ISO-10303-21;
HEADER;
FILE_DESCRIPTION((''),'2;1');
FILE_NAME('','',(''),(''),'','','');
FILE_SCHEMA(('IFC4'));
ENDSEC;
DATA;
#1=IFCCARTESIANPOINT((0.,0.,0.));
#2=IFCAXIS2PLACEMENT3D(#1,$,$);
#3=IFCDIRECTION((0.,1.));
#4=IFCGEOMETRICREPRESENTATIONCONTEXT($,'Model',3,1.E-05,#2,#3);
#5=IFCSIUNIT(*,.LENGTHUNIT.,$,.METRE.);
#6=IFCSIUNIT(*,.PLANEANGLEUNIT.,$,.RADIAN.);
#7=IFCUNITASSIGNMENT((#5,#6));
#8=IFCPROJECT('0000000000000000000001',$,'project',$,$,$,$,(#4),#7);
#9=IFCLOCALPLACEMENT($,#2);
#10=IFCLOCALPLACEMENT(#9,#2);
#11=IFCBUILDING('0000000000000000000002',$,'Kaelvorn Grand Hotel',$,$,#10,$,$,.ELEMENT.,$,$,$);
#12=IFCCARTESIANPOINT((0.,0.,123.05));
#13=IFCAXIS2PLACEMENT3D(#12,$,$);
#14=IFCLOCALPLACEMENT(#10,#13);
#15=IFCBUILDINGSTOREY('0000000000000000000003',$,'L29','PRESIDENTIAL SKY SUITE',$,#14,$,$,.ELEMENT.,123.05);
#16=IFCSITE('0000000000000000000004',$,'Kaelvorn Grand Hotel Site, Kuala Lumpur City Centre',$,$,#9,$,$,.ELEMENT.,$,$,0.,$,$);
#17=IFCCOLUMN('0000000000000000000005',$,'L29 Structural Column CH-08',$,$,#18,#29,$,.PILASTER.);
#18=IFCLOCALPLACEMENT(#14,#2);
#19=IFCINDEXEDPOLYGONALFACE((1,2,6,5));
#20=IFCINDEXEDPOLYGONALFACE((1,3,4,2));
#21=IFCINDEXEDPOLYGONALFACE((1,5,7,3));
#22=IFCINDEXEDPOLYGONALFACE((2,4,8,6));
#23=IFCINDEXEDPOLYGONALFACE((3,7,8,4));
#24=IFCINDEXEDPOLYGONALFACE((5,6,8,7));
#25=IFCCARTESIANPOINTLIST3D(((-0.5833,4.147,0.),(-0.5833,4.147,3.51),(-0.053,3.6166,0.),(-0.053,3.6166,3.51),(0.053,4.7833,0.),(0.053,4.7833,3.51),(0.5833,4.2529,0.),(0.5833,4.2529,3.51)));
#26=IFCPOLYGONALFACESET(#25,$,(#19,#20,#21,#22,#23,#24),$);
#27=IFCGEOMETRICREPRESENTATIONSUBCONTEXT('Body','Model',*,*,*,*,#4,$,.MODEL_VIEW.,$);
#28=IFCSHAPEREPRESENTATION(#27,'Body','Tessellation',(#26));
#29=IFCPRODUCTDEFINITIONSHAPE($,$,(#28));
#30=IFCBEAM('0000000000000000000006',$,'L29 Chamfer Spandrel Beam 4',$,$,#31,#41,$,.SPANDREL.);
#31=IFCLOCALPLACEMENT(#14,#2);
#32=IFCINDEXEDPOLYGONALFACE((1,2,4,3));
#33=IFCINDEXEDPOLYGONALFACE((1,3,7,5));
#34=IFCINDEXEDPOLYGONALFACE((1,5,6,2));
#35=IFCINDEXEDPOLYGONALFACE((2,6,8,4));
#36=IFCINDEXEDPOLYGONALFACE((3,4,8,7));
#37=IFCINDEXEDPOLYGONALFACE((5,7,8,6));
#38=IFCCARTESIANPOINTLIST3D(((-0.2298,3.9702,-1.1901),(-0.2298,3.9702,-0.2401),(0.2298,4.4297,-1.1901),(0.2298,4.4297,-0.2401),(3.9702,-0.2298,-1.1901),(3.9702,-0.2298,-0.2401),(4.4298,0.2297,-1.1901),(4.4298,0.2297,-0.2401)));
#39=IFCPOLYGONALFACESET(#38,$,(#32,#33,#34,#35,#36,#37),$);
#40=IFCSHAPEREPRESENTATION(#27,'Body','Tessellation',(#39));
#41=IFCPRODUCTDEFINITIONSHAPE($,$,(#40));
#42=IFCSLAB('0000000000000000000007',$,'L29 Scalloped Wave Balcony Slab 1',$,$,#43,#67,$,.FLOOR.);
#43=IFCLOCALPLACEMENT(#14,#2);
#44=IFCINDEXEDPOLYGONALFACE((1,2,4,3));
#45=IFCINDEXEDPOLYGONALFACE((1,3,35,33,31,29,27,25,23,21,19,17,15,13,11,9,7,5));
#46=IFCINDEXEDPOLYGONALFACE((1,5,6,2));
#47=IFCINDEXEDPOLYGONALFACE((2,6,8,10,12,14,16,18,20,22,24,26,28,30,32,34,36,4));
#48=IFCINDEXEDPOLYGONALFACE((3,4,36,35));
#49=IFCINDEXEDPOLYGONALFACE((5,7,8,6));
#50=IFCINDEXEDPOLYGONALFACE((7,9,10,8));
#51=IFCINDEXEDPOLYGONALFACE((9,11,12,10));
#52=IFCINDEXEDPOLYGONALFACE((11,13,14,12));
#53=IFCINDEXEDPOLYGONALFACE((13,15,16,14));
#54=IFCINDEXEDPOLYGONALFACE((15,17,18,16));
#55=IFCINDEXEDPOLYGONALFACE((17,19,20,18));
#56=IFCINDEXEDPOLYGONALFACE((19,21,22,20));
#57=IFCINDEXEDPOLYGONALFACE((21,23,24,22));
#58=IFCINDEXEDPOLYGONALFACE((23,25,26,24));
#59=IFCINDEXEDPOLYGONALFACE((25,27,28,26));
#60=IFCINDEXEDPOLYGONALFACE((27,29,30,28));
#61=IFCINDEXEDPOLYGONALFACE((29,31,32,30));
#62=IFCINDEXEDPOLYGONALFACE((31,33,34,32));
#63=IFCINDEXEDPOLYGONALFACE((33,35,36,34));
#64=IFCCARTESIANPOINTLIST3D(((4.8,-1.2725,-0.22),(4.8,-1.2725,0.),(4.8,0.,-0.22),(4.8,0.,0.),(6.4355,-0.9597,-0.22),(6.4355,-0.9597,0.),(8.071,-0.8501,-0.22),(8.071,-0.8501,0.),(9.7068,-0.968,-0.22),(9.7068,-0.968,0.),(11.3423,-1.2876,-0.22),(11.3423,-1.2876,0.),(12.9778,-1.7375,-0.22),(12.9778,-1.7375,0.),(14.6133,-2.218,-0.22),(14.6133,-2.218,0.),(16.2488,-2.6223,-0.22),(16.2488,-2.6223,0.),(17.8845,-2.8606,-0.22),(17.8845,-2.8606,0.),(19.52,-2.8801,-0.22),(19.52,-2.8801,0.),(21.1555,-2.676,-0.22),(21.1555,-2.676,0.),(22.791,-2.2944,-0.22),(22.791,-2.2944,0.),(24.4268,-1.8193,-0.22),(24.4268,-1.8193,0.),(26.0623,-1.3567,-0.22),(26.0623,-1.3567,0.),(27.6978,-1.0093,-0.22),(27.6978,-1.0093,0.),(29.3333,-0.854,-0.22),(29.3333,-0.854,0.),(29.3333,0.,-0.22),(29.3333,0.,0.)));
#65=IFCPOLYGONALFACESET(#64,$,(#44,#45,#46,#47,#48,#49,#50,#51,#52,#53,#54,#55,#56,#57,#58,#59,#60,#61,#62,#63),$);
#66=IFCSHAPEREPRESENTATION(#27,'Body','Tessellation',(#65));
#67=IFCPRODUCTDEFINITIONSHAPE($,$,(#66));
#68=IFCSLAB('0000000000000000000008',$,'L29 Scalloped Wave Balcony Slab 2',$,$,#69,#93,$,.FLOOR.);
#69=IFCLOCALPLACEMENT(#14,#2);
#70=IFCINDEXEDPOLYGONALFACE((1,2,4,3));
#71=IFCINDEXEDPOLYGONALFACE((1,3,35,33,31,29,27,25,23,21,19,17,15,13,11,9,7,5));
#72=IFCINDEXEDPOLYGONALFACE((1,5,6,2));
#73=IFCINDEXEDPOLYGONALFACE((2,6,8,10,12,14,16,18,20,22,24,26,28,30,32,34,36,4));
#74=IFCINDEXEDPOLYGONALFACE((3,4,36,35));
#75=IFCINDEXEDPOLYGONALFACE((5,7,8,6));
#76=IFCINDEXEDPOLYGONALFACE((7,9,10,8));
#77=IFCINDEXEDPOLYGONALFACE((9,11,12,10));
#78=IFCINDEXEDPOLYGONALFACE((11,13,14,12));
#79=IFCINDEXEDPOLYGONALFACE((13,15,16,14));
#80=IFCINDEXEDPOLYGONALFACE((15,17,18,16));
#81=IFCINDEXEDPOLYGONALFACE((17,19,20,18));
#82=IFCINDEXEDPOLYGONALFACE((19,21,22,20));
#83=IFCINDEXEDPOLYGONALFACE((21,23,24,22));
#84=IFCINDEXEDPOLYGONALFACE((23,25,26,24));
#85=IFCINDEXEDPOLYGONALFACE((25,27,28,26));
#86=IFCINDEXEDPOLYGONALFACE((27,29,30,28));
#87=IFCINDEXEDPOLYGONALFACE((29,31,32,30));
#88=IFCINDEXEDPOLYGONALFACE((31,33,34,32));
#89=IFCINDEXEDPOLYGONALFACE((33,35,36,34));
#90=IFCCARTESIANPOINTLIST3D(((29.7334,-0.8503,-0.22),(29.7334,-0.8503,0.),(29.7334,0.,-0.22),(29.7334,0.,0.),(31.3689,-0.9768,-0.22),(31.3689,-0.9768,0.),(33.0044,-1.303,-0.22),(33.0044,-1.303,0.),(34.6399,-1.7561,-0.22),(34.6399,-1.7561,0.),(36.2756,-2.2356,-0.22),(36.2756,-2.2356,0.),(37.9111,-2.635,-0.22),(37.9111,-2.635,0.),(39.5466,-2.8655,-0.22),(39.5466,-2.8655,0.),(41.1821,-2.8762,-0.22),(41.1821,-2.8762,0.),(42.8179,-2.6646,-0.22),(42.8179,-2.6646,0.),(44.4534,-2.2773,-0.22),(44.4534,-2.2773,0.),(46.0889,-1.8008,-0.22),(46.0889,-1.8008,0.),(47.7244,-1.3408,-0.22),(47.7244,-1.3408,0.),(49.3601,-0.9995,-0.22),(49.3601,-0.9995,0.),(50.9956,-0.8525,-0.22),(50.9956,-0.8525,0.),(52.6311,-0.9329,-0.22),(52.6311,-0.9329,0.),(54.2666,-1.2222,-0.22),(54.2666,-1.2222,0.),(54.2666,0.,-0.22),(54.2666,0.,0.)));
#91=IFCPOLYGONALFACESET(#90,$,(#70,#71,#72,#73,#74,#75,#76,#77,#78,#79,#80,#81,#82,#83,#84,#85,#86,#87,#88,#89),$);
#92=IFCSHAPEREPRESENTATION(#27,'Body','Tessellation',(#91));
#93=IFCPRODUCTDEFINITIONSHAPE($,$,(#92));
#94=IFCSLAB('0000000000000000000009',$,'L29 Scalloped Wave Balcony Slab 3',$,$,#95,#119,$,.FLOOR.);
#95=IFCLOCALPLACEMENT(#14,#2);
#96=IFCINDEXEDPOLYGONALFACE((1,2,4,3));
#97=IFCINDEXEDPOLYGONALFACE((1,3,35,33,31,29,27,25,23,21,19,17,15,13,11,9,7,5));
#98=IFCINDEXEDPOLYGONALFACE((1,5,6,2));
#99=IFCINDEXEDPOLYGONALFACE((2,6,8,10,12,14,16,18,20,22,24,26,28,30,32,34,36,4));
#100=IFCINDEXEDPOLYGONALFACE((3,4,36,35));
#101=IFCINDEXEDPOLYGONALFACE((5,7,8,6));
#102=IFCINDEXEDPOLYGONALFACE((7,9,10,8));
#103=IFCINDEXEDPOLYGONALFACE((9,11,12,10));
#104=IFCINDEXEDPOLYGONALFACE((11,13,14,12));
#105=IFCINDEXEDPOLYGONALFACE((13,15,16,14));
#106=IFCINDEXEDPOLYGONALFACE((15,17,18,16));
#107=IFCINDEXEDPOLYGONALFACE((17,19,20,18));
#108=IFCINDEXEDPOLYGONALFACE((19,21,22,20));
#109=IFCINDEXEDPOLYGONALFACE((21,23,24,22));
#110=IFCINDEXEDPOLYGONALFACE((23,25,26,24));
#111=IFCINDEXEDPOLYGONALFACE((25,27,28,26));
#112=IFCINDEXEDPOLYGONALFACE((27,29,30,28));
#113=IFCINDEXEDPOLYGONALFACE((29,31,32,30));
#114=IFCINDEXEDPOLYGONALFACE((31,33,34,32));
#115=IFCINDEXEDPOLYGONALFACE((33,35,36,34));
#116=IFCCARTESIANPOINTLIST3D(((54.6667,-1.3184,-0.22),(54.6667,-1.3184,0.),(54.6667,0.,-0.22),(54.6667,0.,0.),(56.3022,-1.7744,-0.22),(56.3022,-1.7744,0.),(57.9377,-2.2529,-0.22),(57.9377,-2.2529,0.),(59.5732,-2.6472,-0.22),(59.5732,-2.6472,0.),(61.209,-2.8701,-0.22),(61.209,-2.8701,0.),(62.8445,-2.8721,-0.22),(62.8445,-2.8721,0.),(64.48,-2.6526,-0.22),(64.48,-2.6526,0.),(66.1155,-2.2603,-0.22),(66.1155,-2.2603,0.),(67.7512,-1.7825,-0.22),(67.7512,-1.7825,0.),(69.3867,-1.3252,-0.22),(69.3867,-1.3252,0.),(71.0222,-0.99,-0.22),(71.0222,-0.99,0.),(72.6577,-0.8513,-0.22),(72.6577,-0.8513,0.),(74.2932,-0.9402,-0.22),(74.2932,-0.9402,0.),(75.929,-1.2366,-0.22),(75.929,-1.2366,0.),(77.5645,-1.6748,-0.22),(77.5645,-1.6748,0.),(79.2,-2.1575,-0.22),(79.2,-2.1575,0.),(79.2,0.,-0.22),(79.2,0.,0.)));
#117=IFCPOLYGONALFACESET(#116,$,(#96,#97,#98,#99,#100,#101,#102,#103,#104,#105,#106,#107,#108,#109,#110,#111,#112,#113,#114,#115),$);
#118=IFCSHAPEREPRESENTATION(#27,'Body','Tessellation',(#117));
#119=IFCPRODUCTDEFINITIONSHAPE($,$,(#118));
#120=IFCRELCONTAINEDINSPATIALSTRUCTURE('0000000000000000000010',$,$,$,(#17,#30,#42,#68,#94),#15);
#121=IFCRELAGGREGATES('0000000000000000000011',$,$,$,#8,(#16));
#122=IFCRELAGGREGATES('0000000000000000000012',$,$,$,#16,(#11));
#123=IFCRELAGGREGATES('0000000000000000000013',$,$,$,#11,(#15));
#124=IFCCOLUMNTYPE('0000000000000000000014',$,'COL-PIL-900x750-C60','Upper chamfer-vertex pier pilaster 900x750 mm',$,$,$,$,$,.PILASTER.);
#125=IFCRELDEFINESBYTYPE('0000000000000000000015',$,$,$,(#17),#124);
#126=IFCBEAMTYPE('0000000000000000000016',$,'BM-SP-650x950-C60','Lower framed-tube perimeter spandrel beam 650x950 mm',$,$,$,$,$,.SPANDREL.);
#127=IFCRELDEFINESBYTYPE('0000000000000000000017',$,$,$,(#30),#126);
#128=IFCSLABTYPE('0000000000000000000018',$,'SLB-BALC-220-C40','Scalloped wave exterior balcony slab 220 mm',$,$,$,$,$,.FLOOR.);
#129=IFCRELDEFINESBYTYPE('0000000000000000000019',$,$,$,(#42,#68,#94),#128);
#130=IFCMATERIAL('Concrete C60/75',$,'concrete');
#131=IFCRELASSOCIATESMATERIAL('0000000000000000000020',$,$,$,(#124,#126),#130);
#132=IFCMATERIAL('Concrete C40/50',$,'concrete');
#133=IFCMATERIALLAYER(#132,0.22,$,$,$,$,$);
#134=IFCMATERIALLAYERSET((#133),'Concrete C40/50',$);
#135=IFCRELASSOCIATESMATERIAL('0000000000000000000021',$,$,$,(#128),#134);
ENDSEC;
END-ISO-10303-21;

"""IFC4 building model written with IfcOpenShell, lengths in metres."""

from ifc_helpers import new_model, si_unit, direction, frame, origin, origin_2d, place, context, subcontext, project, spatial, polyline, rectangle, outline, extrude, material, layer, layer_set, material_profile, profile_set, type_object, element, save


model = new_model("IFC4")

# Units and contexts
model_context = context("Model", 3, precision=1e-05, world=origin(), true_north=direction((0.0, 1.0)))
body_context = subcontext(model_context, "Body", "Model", "MODEL_VIEW")
ifc_project = project(units=[si_unit("LENGTHUNIT", "METRE"), si_unit("PLANEANGLEUNIT", "RADIAN")], contexts=[model_context])

# Site, building, storey
site_placement = place(None, origin())
site = spatial("IfcSite", under=ifc_project, at=site_placement, Name="Kaelvorn Grand Hotel Site, Kuala Lumpur City Centre", CompositionType="ELEMENT", RefElevation=0.0)
building_placement = place(site_placement, origin())
building = spatial("IfcBuilding", under=site, at=building_placement, Name="Kaelvorn Grand Hotel", CompositionType="ELEMENT")
storey_placement = place(building_placement, frame((0.0, 0.0, 123.05)))
storey = spatial("IfcBuildingStorey", under=building, at=storey_placement, Name="L29", Description="PRESIDENTIAL SKY SUITE", CompositionType="ELEMENT", Elevation=123.05)

# Column
ifc_material_1 = material(Name="Concrete C60/75", Category="concrete")
ifc_material_profile_1 = material_profile(ifc_material_1, rectangle(XDim=0.8999, YDim=0.75, at=origin_2d()), Name="RC PILASTER 900x750")
ifc_profile_set_1 = profile_set([ifc_material_profile_1], Name="Concrete C60/75")
column_type = type_object("IfcColumnType", Name="COL-PIL-900x750-C60", Description="Upper chamfer-vertex pier pilaster 900x750 mm", PredefinedType="PILASTER", material=ifc_profile_set_1)
column_placement = place(storey_placement, frame((0.0, 4.2, 0.0), z_axis=(0.0, 0.0, 1.0), x_axis=(0.707107, 0.707107, 0.0)))
element("IfcColumn", 1, at=column_placement, inside=storey, type_object=column_type, Name="L29 Structural Column CH-08", PredefinedType="PILASTER", context=body_context, shape_type="SweptSolid", body=[
    extrude(rectangle(XDim=0.8999, YDim=0.75, at=origin_2d()), origin(), (0.0, 0.0, 1.0), 3.51),
])

# Beam
ifc_material_profile_2 = material_profile(ifc_material_1, rectangle(XDim=0.6499, YDim=0.95, at=origin_2d()), Name="RC SPANDREL 650x950")
ifc_profile_set_2 = profile_set([ifc_material_profile_2], Name="Concrete C60/75")
beam_type = type_object("IfcBeamType", Name="BM-SP-650x950-C60", Description="Lower framed-tube perimeter spandrel beam 650x950 mm", PredefinedType="SPANDREL", material=ifc_profile_set_2)
beam_placement = place(storey_placement, frame((0.0, 4.2, -0.7151), z_axis=(0.707107, -0.707107, 0.0), x_axis=(0.707107, 0.707107, 0.0)))
element("IfcBeam", 2, at=beam_placement, inside=storey, type_object=beam_type, Name="L29 Chamfer Spandrel Beam 4", PredefinedType="SPANDREL", context=body_context, shape_type="SweptSolid", body=[
    extrude(rectangle(XDim=0.6499, YDim=0.95, at=origin_2d()), origin(), (0.0, 0.0, 1.0), 5.9397),
])

# Slabs
ifc_material_2 = material(Name="Concrete C40/50", Category="concrete")
ifc_layer_1 = layer(ifc_material_2, 0.22)
ifc_layer_set_1 = layer_set([ifc_layer_1], Name="Concrete C40/50")
slab_type_1 = type_object("IfcSlabType", Name="SLB-BALC-220-C40", Description="Scalloped wave exterior balcony slab 220 mm", PredefinedType="FLOOR", material=ifc_layer_set_1)
slab_1_placement = place(storey_placement, frame((0.0, 0.0, -0.22)))
element("IfcSlab", 3, at=slab_1_placement, inside=storey, type_object=slab_type_1, Name="L29 Scalloped Wave Balcony Slab 1", PredefinedType="FLOOR", context=body_context, shape_type="SweptSolid", body=[
    extrude(outline(polyline([(4.8, -1.2725), (6.4355, -0.9597), (8.071, -0.8501), (9.7068, -0.968), (11.3423, -1.2876), (12.9778, -1.7375), (14.6133, -2.218), (16.2488, -2.6223), (17.8845, -2.8606), (19.52, -2.8801), (21.1555, -2.676), (22.791, -2.2944), (24.4268, -1.8193), (26.0623, -1.3567), (27.6978, -1.0093), (29.3333, -0.854), (29.3333, 0.0), (4.8, 0.0), (4.8, -1.2725)])), origin(), (0.0, 0.0, 1.0), 0.22),
])
slab_2_placement = place(storey_placement, frame((0.0, 0.0, -0.22)))
element("IfcSlab", 4, at=slab_2_placement, inside=storey, type_object=slab_type_1, Name="L29 Scalloped Wave Balcony Slab 2", PredefinedType="FLOOR", context=body_context, shape_type="SweptSolid", body=[
    extrude(outline(polyline([(29.7334, -0.8503), (31.3689, -0.9768), (33.0044, -1.303), (34.6399, -1.7561), (36.2756, -2.2356), (37.9111, -2.635), (39.5466, -2.8655), (41.1821, -2.8762), (42.8179, -2.6646), (44.4534, -2.2773), (46.0889, -1.8008), (47.7244, -1.3408), (49.3601, -0.9995), (50.9956, -0.8525), (52.6311, -0.9329), (54.2666, -1.2222), (54.2666, 0.0), (29.7334, 0.0), (29.7334, -0.8503)])), origin(), (0.0, 0.0, 1.0), 0.22),
])
slab_3_placement = place(storey_placement, frame((0.0, 0.0, -0.22)))
element("IfcSlab", 5, at=slab_3_placement, inside=storey, type_object=slab_type_1, Name="L29 Scalloped Wave Balcony Slab 3", PredefinedType="FLOOR", context=body_context, shape_type="SweptSolid", body=[
    extrude(outline(polyline([(54.6667, -1.3184), (56.3022, -1.7744), (57.9377, -2.2529), (59.5732, -2.6472), (61.209, -2.8701), (62.8445, -2.8721), (64.48, -2.6526), (66.1155, -2.2603), (67.7512, -1.7825), (69.3867, -1.3252), (71.0222, -0.99), (72.6577, -0.8513), (74.2932, -0.9402), (75.929, -1.2366), (77.5645, -1.6748), (79.2, -2.1575), (79.2, 0.0), (54.6667, 0.0), (54.6667, -1.3184)])), origin(), (0.0, 0.0, 1.0), 0.22),
])

save(model, "model.ifc")
